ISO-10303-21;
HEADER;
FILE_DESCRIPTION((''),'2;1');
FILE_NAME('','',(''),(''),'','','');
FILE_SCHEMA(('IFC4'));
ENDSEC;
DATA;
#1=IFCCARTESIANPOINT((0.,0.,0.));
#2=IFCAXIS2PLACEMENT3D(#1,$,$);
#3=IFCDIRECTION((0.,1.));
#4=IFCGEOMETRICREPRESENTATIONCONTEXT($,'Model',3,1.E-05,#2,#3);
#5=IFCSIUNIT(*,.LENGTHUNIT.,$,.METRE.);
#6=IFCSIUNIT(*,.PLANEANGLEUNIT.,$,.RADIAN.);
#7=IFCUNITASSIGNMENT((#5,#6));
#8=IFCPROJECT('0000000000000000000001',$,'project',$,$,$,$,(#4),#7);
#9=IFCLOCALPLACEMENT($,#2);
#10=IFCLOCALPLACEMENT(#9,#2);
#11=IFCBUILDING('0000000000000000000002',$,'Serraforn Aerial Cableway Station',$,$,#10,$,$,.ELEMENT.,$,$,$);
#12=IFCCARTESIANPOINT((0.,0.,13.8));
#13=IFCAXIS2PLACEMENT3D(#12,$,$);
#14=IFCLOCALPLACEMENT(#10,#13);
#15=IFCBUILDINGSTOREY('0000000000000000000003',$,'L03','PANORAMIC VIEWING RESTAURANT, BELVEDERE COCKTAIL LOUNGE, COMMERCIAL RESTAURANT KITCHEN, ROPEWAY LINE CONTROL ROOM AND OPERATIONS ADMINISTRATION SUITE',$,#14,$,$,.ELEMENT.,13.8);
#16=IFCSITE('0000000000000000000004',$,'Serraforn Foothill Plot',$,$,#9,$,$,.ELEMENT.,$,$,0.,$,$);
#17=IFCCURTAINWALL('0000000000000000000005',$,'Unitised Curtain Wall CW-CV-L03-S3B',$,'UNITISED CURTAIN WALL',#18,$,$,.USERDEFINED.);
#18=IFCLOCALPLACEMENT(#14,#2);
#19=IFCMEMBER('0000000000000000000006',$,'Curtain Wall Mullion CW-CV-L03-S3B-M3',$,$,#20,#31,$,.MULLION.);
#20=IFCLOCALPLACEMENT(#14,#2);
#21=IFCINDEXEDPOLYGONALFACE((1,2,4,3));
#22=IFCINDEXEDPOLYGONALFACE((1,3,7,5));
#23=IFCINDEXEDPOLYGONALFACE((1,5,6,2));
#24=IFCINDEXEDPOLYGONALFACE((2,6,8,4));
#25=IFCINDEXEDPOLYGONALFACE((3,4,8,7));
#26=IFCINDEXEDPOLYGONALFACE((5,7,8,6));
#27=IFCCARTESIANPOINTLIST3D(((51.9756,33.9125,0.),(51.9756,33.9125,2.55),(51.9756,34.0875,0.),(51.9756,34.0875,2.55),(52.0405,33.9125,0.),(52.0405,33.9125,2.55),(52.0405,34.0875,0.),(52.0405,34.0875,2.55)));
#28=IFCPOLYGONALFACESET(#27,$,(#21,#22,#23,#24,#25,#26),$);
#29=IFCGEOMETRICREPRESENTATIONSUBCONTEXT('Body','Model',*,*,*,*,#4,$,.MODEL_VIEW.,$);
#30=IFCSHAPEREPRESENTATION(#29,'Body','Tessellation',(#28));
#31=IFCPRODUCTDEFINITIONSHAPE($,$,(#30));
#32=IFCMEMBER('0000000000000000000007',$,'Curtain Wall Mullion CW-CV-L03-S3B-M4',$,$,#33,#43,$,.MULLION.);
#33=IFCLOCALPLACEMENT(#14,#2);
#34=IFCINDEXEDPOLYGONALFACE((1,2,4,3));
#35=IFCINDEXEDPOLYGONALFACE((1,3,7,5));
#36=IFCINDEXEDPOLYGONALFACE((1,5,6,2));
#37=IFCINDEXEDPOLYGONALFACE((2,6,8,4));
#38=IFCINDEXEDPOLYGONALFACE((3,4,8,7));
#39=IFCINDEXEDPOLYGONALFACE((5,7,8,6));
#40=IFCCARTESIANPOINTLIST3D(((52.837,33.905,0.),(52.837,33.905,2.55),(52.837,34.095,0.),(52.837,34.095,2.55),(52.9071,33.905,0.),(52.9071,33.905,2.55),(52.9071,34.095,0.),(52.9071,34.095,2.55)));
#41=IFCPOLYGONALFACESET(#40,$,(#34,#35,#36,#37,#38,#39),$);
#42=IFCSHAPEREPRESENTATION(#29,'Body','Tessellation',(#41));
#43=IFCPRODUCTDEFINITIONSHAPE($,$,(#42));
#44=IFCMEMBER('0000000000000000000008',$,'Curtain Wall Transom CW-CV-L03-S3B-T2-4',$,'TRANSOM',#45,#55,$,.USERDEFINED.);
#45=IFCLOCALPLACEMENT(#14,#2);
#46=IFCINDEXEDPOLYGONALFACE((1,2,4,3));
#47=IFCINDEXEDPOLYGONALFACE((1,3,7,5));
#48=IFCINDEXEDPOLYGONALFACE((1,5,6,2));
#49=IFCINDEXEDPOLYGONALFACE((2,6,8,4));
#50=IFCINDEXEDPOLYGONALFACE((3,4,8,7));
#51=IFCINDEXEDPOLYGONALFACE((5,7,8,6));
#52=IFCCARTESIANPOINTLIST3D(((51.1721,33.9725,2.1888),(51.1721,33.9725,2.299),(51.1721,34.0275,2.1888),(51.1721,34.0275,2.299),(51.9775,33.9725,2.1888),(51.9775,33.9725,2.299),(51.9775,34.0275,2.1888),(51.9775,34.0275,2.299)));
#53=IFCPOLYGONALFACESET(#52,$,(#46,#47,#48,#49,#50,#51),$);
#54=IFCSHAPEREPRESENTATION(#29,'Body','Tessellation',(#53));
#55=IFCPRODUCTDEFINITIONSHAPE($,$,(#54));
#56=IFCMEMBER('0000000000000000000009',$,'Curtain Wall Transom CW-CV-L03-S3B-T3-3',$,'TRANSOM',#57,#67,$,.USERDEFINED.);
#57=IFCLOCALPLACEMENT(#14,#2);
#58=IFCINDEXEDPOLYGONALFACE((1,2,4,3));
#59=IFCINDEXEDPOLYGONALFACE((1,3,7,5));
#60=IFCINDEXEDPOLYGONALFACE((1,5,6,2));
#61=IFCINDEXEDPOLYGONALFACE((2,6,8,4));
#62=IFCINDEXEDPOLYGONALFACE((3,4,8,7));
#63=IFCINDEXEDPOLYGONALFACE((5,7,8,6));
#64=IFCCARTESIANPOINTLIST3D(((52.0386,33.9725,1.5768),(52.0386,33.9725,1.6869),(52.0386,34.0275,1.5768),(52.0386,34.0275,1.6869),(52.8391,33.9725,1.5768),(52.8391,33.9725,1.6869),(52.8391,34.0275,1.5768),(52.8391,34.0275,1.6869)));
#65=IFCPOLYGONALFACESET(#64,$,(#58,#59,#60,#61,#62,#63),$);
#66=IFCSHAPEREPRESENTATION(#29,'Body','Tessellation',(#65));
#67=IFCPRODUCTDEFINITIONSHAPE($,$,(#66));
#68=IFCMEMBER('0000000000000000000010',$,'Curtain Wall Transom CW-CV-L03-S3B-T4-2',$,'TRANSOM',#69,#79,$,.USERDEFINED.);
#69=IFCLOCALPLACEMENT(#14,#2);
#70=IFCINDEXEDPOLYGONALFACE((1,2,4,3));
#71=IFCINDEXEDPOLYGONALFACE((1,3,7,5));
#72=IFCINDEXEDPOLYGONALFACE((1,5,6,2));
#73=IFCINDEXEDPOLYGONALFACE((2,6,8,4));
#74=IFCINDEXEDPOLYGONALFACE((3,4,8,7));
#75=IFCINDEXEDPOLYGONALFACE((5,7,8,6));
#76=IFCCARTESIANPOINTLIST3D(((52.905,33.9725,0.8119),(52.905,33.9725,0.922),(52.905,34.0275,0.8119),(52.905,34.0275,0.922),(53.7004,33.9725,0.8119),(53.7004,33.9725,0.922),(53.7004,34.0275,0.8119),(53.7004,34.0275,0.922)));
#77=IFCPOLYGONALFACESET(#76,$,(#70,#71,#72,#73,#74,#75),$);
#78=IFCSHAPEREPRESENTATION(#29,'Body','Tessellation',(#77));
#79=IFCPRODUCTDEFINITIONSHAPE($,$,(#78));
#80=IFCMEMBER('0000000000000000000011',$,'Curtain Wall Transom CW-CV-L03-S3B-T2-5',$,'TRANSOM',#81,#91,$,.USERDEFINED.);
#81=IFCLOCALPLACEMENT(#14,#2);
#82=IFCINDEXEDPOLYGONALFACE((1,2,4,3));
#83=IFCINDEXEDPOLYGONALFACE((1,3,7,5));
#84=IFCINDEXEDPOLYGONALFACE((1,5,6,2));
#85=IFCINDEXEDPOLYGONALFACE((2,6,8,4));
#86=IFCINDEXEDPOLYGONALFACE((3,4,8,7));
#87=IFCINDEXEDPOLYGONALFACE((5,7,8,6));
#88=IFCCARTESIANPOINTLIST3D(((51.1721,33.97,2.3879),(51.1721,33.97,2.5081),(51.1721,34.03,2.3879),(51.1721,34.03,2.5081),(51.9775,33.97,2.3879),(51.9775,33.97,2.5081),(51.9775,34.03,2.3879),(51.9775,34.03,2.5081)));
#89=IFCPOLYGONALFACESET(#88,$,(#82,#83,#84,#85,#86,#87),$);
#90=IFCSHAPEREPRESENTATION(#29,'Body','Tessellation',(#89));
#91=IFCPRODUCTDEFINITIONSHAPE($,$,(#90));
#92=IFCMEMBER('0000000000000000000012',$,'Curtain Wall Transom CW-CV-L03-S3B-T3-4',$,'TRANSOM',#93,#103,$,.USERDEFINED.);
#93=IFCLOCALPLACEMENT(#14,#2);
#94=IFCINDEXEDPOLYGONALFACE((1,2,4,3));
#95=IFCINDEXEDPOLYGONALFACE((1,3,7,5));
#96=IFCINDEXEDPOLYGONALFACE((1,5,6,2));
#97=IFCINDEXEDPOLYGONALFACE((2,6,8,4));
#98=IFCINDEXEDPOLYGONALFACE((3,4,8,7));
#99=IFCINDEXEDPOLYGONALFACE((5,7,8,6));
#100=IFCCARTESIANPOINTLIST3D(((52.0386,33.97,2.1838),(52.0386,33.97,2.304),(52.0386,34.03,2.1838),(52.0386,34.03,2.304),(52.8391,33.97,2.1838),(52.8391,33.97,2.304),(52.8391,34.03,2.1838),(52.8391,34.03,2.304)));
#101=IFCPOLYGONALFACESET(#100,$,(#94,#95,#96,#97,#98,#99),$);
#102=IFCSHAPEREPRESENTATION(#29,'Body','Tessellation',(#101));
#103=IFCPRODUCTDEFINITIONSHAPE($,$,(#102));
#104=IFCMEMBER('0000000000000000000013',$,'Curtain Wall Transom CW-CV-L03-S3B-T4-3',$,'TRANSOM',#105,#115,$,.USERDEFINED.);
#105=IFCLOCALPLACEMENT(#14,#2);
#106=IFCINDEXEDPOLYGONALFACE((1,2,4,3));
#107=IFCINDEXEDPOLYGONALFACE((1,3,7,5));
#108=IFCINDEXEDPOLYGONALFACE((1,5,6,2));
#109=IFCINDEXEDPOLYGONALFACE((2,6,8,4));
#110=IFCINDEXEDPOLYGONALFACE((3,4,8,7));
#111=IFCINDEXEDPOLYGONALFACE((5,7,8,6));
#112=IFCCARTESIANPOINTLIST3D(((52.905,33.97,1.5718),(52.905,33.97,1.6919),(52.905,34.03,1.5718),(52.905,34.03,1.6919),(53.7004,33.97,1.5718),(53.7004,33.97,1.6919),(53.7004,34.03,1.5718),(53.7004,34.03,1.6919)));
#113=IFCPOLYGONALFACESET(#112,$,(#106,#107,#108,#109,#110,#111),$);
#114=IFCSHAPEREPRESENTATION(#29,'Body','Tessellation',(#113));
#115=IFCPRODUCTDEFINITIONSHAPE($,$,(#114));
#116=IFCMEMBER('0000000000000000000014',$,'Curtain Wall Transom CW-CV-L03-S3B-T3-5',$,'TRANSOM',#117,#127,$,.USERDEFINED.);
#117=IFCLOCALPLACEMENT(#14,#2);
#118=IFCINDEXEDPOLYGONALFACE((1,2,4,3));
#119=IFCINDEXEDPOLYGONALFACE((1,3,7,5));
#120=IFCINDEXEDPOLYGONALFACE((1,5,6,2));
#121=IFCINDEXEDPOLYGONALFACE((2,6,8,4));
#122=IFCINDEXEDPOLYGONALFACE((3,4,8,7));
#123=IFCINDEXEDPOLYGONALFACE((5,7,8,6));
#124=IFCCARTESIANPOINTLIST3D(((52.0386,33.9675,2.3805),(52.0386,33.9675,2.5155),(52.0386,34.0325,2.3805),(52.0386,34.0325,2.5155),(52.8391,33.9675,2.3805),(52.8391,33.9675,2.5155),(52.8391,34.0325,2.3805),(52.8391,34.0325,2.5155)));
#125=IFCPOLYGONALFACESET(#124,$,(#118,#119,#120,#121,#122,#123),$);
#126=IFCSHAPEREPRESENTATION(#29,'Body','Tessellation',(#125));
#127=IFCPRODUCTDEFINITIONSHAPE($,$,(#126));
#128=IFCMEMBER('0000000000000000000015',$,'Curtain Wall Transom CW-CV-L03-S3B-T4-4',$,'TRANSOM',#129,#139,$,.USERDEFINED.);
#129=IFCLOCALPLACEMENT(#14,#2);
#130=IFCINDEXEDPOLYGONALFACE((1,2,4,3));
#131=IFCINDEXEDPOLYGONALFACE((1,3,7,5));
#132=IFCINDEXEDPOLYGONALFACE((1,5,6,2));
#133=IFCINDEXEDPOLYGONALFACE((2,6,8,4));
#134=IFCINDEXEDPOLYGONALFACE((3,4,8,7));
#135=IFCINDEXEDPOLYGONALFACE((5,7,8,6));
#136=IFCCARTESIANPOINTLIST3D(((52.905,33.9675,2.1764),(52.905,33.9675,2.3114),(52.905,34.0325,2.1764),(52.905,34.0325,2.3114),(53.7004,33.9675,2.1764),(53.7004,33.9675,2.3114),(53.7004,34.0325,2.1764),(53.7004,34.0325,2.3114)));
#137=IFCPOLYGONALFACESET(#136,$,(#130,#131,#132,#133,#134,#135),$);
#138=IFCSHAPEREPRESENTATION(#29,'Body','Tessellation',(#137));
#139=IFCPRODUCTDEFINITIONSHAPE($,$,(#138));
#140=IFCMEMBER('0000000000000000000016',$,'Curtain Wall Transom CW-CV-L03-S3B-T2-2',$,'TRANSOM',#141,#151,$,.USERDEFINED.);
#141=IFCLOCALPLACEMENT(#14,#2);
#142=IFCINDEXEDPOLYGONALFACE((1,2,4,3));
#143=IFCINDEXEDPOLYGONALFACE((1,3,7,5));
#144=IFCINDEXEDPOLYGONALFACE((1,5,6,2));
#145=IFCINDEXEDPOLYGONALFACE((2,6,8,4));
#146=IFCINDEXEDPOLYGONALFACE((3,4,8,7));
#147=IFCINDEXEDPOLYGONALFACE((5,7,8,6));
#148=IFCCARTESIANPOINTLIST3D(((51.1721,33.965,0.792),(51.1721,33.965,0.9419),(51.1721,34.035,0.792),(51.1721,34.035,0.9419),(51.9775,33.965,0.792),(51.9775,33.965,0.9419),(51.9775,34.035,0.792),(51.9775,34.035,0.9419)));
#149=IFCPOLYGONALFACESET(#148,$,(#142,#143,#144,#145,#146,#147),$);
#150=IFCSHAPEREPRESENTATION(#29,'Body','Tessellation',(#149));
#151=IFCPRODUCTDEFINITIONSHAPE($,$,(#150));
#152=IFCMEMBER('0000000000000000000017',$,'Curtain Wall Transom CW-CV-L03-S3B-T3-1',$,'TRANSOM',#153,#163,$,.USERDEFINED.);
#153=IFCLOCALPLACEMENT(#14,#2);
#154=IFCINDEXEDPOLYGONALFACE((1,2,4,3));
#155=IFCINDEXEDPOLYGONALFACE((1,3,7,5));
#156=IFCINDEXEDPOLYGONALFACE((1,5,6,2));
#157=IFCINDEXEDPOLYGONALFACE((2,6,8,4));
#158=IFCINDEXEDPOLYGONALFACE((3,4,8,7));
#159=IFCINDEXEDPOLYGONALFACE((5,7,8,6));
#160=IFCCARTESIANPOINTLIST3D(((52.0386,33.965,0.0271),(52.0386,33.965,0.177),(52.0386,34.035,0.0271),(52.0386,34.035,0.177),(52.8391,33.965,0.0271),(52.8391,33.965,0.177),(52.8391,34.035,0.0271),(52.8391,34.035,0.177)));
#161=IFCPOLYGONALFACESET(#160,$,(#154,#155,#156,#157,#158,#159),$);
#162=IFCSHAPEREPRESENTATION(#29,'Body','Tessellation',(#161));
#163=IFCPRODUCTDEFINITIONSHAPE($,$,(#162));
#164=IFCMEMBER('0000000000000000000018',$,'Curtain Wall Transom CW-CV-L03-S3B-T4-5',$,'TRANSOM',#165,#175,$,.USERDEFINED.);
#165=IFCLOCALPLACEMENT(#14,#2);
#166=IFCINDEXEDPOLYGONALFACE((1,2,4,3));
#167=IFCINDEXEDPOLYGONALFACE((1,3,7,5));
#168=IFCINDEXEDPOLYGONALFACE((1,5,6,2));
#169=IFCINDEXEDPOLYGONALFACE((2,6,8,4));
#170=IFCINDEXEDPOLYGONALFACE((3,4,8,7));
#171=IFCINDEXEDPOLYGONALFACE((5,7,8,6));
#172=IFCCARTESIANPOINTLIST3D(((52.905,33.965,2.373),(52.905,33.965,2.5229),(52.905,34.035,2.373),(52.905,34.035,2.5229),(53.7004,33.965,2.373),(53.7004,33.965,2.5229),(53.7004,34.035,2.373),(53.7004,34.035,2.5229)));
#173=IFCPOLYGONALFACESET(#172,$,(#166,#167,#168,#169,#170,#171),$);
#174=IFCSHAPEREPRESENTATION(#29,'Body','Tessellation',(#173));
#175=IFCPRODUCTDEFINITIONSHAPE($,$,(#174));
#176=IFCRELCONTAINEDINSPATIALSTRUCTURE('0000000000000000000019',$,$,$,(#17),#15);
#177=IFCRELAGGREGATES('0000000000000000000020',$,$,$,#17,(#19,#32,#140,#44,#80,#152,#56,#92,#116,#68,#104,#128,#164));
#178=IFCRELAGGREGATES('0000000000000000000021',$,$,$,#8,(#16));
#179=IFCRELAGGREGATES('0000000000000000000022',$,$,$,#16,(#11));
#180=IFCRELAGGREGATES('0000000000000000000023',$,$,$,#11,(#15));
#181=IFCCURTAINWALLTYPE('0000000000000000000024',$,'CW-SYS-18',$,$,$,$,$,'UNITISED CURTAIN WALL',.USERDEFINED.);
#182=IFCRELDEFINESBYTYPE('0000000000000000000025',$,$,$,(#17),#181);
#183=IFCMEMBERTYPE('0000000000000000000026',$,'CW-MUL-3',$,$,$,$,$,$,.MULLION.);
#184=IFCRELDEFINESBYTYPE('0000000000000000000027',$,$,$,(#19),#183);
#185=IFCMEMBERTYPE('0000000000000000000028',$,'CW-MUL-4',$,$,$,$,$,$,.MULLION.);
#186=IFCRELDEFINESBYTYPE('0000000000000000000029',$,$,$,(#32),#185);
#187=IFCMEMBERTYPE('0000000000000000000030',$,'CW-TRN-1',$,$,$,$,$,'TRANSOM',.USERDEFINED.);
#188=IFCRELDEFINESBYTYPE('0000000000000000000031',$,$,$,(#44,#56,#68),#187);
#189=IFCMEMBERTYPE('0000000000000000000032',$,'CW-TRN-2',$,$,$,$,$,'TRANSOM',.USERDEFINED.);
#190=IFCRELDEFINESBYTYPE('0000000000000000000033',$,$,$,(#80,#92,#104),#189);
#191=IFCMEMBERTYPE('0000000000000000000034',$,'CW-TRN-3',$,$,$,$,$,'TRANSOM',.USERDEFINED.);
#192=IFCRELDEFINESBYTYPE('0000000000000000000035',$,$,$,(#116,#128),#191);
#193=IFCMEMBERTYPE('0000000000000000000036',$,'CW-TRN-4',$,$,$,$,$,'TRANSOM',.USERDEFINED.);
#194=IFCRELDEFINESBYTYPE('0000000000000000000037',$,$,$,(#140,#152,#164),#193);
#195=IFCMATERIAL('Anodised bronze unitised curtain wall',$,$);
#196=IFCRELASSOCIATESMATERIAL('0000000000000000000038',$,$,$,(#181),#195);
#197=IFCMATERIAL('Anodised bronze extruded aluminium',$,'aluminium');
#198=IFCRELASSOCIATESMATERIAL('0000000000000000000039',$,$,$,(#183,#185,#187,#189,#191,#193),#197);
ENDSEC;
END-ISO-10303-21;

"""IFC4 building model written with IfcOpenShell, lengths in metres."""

from ifc_helpers import new_model, si_unit, direction, frame, origin, origin_2d, place, context, subcontext, project, spatial, rectangle, extrude, material, material_profile, profile_set, type_object, element, aggregate, save


model = new_model("IFC4")

# Units and contexts
model_context = context("Model", 3, precision=1e-05, world=origin(), true_north=direction((0.0, 1.0)))
body_context = subcontext(model_context, "Body", "Model", "MODEL_VIEW")
ifc_project = project(units=[si_unit("LENGTHUNIT", "METRE"), si_unit("PLANEANGLEUNIT", "RADIAN")], contexts=[model_context])

# Site, building, storey
site_placement = place(None, origin())
site = spatial("IfcSite", under=ifc_project, at=site_placement, Name="Serraforn Foothill Plot", CompositionType="ELEMENT", RefElevation=0.0)
building_placement = place(site_placement, origin())
building = spatial("IfcBuilding", under=site, at=building_placement, Name="Serraforn Aerial Cableway Station", CompositionType="ELEMENT")
storey_placement = place(building_placement, frame((0.0, 0.0, 13.8)))
storey = spatial("IfcBuildingStorey", under=building, at=storey_placement, Name="L03", Description="PANORAMIC VIEWING RESTAURANT, BELVEDERE COCKTAIL LOUNGE, COMMERCIAL RESTAURANT KITCHEN, ROPEWAY LINE CONTROL ROOM AND OPERATIONS ADMINISTRATION SUITE", CompositionType="ELEMENT", Elevation=13.8)

# Curtain wall, members
ifc_material_1 = material(Name="Anodised bronze unitised curtain wall")
curtain_wall_type = type_object("IfcCurtainWallType", Name="CW-SYS-18", ElementType="UNITISED CURTAIN WALL", PredefinedType="USERDEFINED", material=ifc_material_1)
curtain_wall_placement = place(storey_placement, origin())
curtain_wall = element("IfcCurtainWall", 1, at=curtain_wall_placement, inside=storey, type_object=curtain_wall_type, Name="Unitised Curtain Wall CW-CV-L03-S3B", ObjectType="UNITISED CURTAIN WALL", PredefinedType="USERDEFINED")
ifc_material_2 = material(Name="Anodised bronze extruded aluminium", Category="aluminium")
ifc_material_profile_1 = material_profile(ifc_material_2, rectangle(XDim=0.0649, YDim=0.175, at=origin_2d()), Name="CW MULLION 65x175")
ifc_profile_set_1 = profile_set([ifc_material_profile_1], Name="Anodised bronze extruded aluminium")
member_type_1 = type_object("IfcMemberType", Name="CW-MUL-3", PredefinedType="MULLION", material=ifc_profile_set_1)
member_1_placement = place(storey_placement, frame((52.0081, 34.0, 0.0), z_axis=(0.0, 0.0, 1.0), x_axis=(1.0, 0.0, 0.0)))
member_1 = element("IfcMember", 2, at=member_1_placement, type_object=member_type_1, Name="Curtain Wall Mullion CW-CV-L03-S3B-M3", PredefinedType="MULLION", context=body_context, shape_type="SweptSolid", body=[
    extrude(rectangle(XDim=0.0649, YDim=0.175, at=origin_2d()), origin(), (0.0, 0.0, 1.0), 2.55),
])
ifc_material_profile_2 = material_profile(ifc_material_2, rectangle(XDim=0.0701, YDim=0.1899, at=origin_2d()), Name="CW MULLION 70x190")
ifc_profile_set_2 = profile_set([ifc_material_profile_2], Name="Anodised bronze extruded aluminium")
member_type_2 = type_object("IfcMemberType", Name="CW-MUL-4", PredefinedType="MULLION", material=ifc_profile_set_2)
member_2_placement = place(storey_placement, frame((52.8721, 34.0, 0.0), z_axis=(0.0, 0.0, 1.0), x_axis=(1.0, 0.0, 0.0)))
member_2 = element("IfcMember", 3, at=member_2_placement, type_object=member_type_2, Name="Curtain Wall Mullion CW-CV-L03-S3B-M4", PredefinedType="MULLION", context=body_context, shape_type="SweptSolid", body=[
    extrude(rectangle(XDim=0.0701, YDim=0.1899, at=origin_2d()), origin(), (0.0, 0.0, 1.0), 2.55),
])
ifc_material_profile_3 = material_profile(ifc_material_2, rectangle(XDim=0.0549, YDim=0.1101, at=origin_2d()), Name="CW TRANSOM 55x110")
ifc_profile_set_3 = profile_set([ifc_material_profile_3], Name="Anodised bronze extruded aluminium")
member_type_3 = type_object("IfcMemberType", Name="CW-TRN-1", ElementType="TRANSOM", PredefinedType="USERDEFINED", material=ifc_profile_set_3)
member_3_placement = place(storey_placement, frame((51.1721, 34.0, 2.2439), z_axis=(1.0, 0.0, 0.0), x_axis=(0.0, 1.0, 0.0)))
member_3 = element("IfcMember", 4, at=member_3_placement, type_object=member_type_3, Name="Curtain Wall Transom CW-CV-L03-S3B-T2-4", ObjectType="TRANSOM", PredefinedType="USERDEFINED", context=body_context, shape_type="SweptSolid", body=[
    extrude(rectangle(XDim=0.0549, YDim=0.1101, at=origin_2d()), origin(), (0.0, 0.0, 1.0), 0.8054),
])
member_4_placement = place(storey_placement, frame((52.0386, 34.0, 1.6318), z_axis=(1.0, 0.0, 0.0), x_axis=(0.0, 1.0, 0.0)))
member_4 = element("IfcMember", 5, at=member_4_placement, type_object=member_type_3, Name="Curtain Wall Transom CW-CV-L03-S3B-T3-3", ObjectType="TRANSOM", PredefinedType="USERDEFINED", context=body_context, shape_type="SweptSolid", body=[
    extrude(rectangle(XDim=0.0549, YDim=0.1101, at=origin_2d()), origin(), (0.0, 0.0, 1.0), 0.8005),
])
member_5_placement = place(storey_placement, frame((52.905, 34.0, 0.8669), z_axis=(1.0, 0.0, 0.0), x_axis=(0.0, 1.0, 0.0)))
member_5 = element("IfcMember", 6, at=member_5_placement, type_object=member_type_3, Name="Curtain Wall Transom CW-CV-L03-S3B-T4-2", ObjectType="TRANSOM", PredefinedType="USERDEFINED", context=body_context, shape_type="SweptSolid", body=[
    extrude(rectangle(XDim=0.0549, YDim=0.1101, at=origin_2d()), origin(), (0.0, 0.0, 1.0), 0.7954),
])
ifc_material_profile_4 = material_profile(ifc_material_2, rectangle(XDim=0.0601, YDim=0.1201, at=origin_2d()), Name="CW TRANSOM 60x120")
ifc_profile_set_4 = profile_set([ifc_material_profile_4], Name="Anodised bronze extruded aluminium")
member_type_4 = type_object("IfcMemberType", Name="CW-TRN-2", ElementType="TRANSOM", PredefinedType="USERDEFINED", material=ifc_profile_set_4)
member_6_placement = place(storey_placement, frame((51.1721, 34.0, 2.448), z_axis=(1.0, 0.0, 0.0), x_axis=(0.0, 1.0, 0.0)))
member_6 = element("IfcMember", 7, at=member_6_placement, type_object=member_type_4, Name="Curtain Wall Transom CW-CV-L03-S3B-T2-5", ObjectType="TRANSOM", PredefinedType="USERDEFINED", context=body_context, shape_type="SweptSolid", body=[
    extrude(rectangle(XDim=0.0601, YDim=0.1201, at=origin_2d()), origin(), (0.0, 0.0, 1.0), 0.8054),
])
member_7_placement = place(storey_placement, frame((52.0386, 34.0, 2.2439), z_axis=(1.0, 0.0, 0.0), x_axis=(0.0, 1.0, 0.0)))
member_7 = element("IfcMember", 8, at=member_7_placement, type_object=member_type_4, Name="Curtain Wall Transom CW-CV-L03-S3B-T3-4", ObjectType="TRANSOM", PredefinedType="USERDEFINED", context=body_context, shape_type="SweptSolid", body=[
    extrude(rectangle(XDim=0.0601, YDim=0.1201, at=origin_2d()), origin(), (0.0, 0.0, 1.0), 0.8005),
])
member_8_placement = place(storey_placement, frame((52.905, 34.0, 1.6318), z_axis=(1.0, 0.0, 0.0), x_axis=(0.0, 1.0, 0.0)))
member_8 = element("IfcMember", 9, at=member_8_placement, type_object=member_type_4, Name="Curtain Wall Transom CW-CV-L03-S3B-T4-3", ObjectType="TRANSOM", PredefinedType="USERDEFINED", context=body_context, shape_type="SweptSolid", body=[
    extrude(rectangle(XDim=0.0601, YDim=0.1201, at=origin_2d()), origin(), (0.0, 0.0, 1.0), 0.7954),
])
ifc_material_profile_5 = material_profile(ifc_material_2, rectangle(XDim=0.0649, YDim=0.135, at=origin_2d()), Name="CW TRANSOM 65x135")
ifc_profile_set_5 = profile_set([ifc_material_profile_5], Name="Anodised bronze extruded aluminium")
member_type_5 = type_object("IfcMemberType", Name="CW-TRN-3", ElementType="TRANSOM", PredefinedType="USERDEFINED", material=ifc_profile_set_5)
member_9_placement = place(storey_placement, frame((52.0386, 34.0, 2.448), z_axis=(1.0, 0.0, 0.0), x_axis=(0.0, 1.0, 0.0)))
member_9 = element("IfcMember", 10, at=member_9_placement, type_object=member_type_5, Name="Curtain Wall Transom CW-CV-L03-S3B-T3-5", ObjectType="TRANSOM", PredefinedType="USERDEFINED", context=body_context, shape_type="SweptSolid", body=[
    extrude(rectangle(XDim=0.0649, YDim=0.135, at=origin_2d()), origin(), (0.0, 0.0, 1.0), 0.8005),
])
member_10_placement = place(storey_placement, frame((52.905, 34.0, 2.2439), z_axis=(1.0, 0.0, 0.0), x_axis=(0.0, 1.0, 0.0)))
member_10 = element("IfcMember", 11, at=member_10_placement, type_object=member_type_5, Name="Curtain Wall Transom CW-CV-L03-S3B-T4-4", ObjectType="TRANSOM", PredefinedType="USERDEFINED", context=body_context, shape_type="SweptSolid", body=[
    extrude(rectangle(XDim=0.0649, YDim=0.135, at=origin_2d()), origin(), (0.0, 0.0, 1.0), 0.7954),
])
ifc_material_profile_6 = material_profile(ifc_material_2, rectangle(XDim=0.0701, YDim=0.1499, at=origin_2d()), Name="CW TRANSOM 70x150")
ifc_profile_set_6 = profile_set([ifc_material_profile_6], Name="Anodised bronze extruded aluminium")
member_type_6 = type_object("IfcMemberType", Name="CW-TRN-4", ElementType="TRANSOM", PredefinedType="USERDEFINED", material=ifc_profile_set_6)
member_11_placement = place(storey_placement, frame((51.1721, 34.0, 0.8669), z_axis=(1.0, 0.0, 0.0), x_axis=(0.0, 1.0, 0.0)))
member_11 = element("IfcMember", 12, at=member_11_placement, type_object=member_type_6, Name="Curtain Wall Transom CW-CV-L03-S3B-T2-2", ObjectType="TRANSOM", PredefinedType="USERDEFINED", context=body_context, shape_type="SweptSolid", body=[
    extrude(rectangle(XDim=0.0701, YDim=0.1499, at=origin_2d()), origin(), (0.0, 0.0, 1.0), 0.8054),
])
member_12_placement = place(storey_placement, frame((52.0386, 34.0, 0.1021), z_axis=(1.0, 0.0, 0.0), x_axis=(0.0, 1.0, 0.0)))
member_12 = element("IfcMember", 13, at=member_12_placement, type_object=member_type_6, Name="Curtain Wall Transom CW-CV-L03-S3B-T3-1", ObjectType="TRANSOM", PredefinedType="USERDEFINED", context=body_context, shape_type="SweptSolid", body=[
    extrude(rectangle(XDim=0.0701, YDim=0.1499, at=origin_2d()), origin(), (0.0, 0.0, 1.0), 0.8005),
])
member_13_placement = place(storey_placement, frame((52.905, 34.0, 2.448), z_axis=(1.0, 0.0, 0.0), x_axis=(0.0, 1.0, 0.0)))
member_13 = element("IfcMember", 14, at=member_13_placement, type_object=member_type_6, Name="Curtain Wall Transom CW-CV-L03-S3B-T4-5", ObjectType="TRANSOM", PredefinedType="USERDEFINED", context=body_context, shape_type="SweptSolid", body=[
    extrude(rectangle(XDim=0.0701, YDim=0.1499, at=origin_2d()), origin(), (0.0, 0.0, 1.0), 0.7954),
])
aggregate(curtain_wall, [member_1, member_2, member_11, member_3, member_6, member_12, member_4, member_7, member_9, member_5, member_8, member_10, member_13])

save(model, "model.ifc")
